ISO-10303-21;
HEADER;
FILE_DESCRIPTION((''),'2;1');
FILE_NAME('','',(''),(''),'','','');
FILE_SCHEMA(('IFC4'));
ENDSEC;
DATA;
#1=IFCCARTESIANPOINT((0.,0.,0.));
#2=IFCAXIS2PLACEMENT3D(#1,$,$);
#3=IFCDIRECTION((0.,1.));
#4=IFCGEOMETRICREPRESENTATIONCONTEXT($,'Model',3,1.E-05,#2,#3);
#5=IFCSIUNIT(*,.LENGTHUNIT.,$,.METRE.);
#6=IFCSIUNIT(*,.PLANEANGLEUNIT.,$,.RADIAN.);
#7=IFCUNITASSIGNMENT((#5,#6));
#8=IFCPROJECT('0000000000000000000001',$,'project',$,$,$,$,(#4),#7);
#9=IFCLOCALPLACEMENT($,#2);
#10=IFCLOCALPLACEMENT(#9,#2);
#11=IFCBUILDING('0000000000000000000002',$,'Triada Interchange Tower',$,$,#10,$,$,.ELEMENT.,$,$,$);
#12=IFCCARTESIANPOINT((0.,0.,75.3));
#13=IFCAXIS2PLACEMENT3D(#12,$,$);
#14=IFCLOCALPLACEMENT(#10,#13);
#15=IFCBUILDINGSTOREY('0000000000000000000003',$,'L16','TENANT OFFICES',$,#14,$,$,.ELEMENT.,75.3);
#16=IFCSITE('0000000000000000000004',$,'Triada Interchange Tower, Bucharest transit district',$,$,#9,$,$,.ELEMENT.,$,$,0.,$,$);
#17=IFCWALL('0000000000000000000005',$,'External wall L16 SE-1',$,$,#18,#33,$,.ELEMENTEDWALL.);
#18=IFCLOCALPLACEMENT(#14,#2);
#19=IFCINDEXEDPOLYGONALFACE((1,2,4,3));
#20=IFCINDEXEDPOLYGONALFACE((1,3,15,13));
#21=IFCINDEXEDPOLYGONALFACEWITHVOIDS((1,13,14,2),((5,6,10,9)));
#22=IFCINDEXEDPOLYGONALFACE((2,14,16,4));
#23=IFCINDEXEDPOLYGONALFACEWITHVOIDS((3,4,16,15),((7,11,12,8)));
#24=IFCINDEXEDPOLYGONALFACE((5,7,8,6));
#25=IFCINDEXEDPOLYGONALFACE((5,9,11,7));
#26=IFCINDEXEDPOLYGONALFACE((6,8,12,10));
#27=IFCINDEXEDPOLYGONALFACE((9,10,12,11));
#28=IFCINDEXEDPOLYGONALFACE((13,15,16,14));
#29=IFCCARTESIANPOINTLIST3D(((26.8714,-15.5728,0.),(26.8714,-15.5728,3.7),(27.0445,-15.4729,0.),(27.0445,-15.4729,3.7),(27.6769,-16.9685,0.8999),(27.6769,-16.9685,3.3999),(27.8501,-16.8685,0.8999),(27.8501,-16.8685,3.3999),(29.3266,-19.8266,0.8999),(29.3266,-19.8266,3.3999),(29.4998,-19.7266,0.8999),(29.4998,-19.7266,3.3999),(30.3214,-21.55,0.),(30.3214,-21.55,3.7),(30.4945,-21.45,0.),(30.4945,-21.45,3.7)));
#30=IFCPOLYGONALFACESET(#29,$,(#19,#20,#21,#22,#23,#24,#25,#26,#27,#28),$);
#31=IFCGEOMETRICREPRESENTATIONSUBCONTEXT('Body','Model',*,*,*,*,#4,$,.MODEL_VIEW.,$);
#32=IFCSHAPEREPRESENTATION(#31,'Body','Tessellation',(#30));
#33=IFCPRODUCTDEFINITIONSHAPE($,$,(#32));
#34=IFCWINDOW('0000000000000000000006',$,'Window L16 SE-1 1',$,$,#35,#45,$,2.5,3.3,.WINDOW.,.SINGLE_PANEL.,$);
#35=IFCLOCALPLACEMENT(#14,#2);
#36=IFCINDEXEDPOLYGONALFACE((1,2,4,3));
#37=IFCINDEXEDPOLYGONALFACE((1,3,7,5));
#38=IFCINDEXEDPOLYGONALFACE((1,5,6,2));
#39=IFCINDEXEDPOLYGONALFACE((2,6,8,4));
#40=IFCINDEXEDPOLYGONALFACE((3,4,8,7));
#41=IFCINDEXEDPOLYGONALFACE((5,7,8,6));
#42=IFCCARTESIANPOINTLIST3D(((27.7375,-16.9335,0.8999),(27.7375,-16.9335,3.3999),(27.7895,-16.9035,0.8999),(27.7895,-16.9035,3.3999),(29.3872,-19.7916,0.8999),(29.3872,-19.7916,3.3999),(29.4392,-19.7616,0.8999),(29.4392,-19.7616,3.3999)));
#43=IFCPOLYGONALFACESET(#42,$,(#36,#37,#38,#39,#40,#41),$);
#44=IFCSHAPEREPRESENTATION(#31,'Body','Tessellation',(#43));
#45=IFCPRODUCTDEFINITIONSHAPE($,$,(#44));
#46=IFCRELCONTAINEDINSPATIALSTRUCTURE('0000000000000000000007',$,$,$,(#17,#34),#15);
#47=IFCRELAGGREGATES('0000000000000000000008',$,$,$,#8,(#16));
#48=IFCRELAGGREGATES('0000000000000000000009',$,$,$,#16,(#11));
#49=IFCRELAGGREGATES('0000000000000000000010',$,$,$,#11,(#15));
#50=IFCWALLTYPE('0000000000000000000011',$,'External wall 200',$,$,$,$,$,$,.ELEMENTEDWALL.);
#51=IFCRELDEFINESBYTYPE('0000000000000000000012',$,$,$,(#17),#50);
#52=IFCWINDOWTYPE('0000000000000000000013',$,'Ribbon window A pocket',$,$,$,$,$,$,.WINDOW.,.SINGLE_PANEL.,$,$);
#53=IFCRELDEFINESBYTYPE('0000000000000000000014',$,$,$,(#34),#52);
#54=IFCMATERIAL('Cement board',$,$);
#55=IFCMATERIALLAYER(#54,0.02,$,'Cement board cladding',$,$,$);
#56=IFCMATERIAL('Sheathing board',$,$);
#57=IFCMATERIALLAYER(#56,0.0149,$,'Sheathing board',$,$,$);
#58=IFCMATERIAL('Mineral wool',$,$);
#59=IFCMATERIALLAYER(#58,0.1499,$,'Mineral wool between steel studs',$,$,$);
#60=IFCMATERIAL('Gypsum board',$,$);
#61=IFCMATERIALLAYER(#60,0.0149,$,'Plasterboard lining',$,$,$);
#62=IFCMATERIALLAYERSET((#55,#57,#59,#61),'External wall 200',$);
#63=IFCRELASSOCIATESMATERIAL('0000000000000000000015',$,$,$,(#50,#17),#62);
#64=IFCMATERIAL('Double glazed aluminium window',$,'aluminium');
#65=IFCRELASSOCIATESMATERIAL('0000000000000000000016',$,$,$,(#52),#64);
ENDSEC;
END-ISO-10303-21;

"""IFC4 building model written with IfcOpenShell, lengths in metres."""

from ifc_helpers import new_model, si_unit, direction, frame, frame_2d, origin, place, context, subcontext, project, spatial, rectangle, extrude, material, layer, layer_set, layer_usage, type_object, element, fill, save


model = new_model("IFC4")

# Units and contexts
model_context = context("Model", 3, precision=1e-05, world=origin(), true_north=direction((0.0, 1.0)))
body_context = subcontext(model_context, "Body", "Model", "MODEL_VIEW")
ifc_project = project(units=[si_unit("LENGTHUNIT", "METRE"), si_unit("PLANEANGLEUNIT", "RADIAN")], contexts=[model_context])

# Site, building, storey
site_placement = place(None, origin())
site = spatial("IfcSite", under=ifc_project, at=site_placement, Name="Triada Interchange Tower, Bucharest transit district", CompositionType="ELEMENT", RefElevation=0.0)
building_placement = place(site_placement, origin())
building = spatial("IfcBuilding", under=site, at=building_placement, Name="Triada Interchange Tower", CompositionType="ELEMENT")
storey_placement = place(building_placement, frame((0.0, 0.0, 75.3)))
storey = spatial("IfcBuildingStorey", under=building, at=storey_placement, Name="L16", Description="TENANT OFFICES", CompositionType="ELEMENT", Elevation=75.3)

# Wall, opening, window
ifc_material_1 = material(Name="Cement board")
ifc_layer_1 = layer(ifc_material_1, 0.02, Name="Cement board cladding")
ifc_material_2 = material(Name="Sheathing board")
ifc_layer_2 = layer(ifc_material_2, 0.0149, Name="Sheathing board")
ifc_material_3 = material(Name="Mineral wool")
ifc_layer_3 = layer(ifc_material_3, 0.1499, Name="Mineral wool between steel studs")
ifc_material_4 = material(Name="Gypsum board")
ifc_layer_4 = layer(ifc_material_4, 0.0149, Name="Plasterboard lining")
ifc_layer_set_1 = layer_set([ifc_layer_1, ifc_layer_2, ifc_layer_3, ifc_layer_4], Name="External wall 200")
ifc_layer_usage = layer_usage(ifc_layer_set_1, "AXIS2", "POSITIVE", -0.1001)
wall_type = type_object("IfcWallType", Name="External wall 200", PredefinedType="ELEMENTEDWALL", material=ifc_layer_set_1)
wall_1_placement = place(storey_placement, frame((30.408, -21.5, 0.0), z_axis=(0.0, 0.0, 1.0), x_axis=(-0.499902, 0.866082, 0.0)))
wall_1 = element("IfcWall", 1, at=wall_1_placement, inside=storey, type_object=wall_type, material=ifc_layer_usage, Name="External wall L16 SE-1", PredefinedType="ELEMENTEDWALL", context=body_context, shape_type="SweptSolid", body=[
    extrude(rectangle(XDim=6.9014, YDim=0.2, at=frame_2d((3.4507, 0.0))), origin(), (0.0, 0.0, 1.0), 3.7),
])
opening_1_placement = place(wall_1_placement, frame((1.99, 0.0, 0.8999)))
opening_1 = element("IfcOpeningElement", 2, at=opening_1_placement, cuts=wall_1, PredefinedType="OPENING", context=body_context, shape_type="SweptSolid", body=[
    extrude(rectangle(XDim=3.3, YDim=2.5, at=frame_2d((1.6499, 1.25))), frame((0.0, 0.1099, 0.0), z_axis=(0.0, -1.0, 0.0), x_axis=(1.0, 0.0, 0.0)), (0.0, 0.0, 1.0), 0.22),
])
ifc_material_5 = material(Name="Double glazed aluminium window", Category="aluminium")
window_type_1 = type_object("IfcWindowType", Name="Ribbon window A pocket", PartitioningType="SINGLE_PANEL", PredefinedType="WINDOW", material=ifc_material_5)
window_1_placement = place(opening_1_placement, origin())
window_1 = element("IfcWindow", 3, at=window_1_placement, inside=storey, type_object=window_type_1, Name="Window L16 SE-1 1", OverallHeight=2.5, OverallWidth=3.3, PartitioningType="SINGLE_PANEL", PredefinedType="WINDOW", context=body_context, shape_type="SweptSolid", body=[
    extrude(rectangle(XDim=3.3, YDim=2.5, at=frame_2d((1.6499, 1.25))), frame((0.0, 0.03, 0.0), z_axis=(0.0, -1.0, 0.0), x_axis=(1.0, 0.0, 0.0)), (0.0, 0.0, 1.0), 0.0601),
])
fill(opening_1, window_1)

save(model, "model.ifc")
